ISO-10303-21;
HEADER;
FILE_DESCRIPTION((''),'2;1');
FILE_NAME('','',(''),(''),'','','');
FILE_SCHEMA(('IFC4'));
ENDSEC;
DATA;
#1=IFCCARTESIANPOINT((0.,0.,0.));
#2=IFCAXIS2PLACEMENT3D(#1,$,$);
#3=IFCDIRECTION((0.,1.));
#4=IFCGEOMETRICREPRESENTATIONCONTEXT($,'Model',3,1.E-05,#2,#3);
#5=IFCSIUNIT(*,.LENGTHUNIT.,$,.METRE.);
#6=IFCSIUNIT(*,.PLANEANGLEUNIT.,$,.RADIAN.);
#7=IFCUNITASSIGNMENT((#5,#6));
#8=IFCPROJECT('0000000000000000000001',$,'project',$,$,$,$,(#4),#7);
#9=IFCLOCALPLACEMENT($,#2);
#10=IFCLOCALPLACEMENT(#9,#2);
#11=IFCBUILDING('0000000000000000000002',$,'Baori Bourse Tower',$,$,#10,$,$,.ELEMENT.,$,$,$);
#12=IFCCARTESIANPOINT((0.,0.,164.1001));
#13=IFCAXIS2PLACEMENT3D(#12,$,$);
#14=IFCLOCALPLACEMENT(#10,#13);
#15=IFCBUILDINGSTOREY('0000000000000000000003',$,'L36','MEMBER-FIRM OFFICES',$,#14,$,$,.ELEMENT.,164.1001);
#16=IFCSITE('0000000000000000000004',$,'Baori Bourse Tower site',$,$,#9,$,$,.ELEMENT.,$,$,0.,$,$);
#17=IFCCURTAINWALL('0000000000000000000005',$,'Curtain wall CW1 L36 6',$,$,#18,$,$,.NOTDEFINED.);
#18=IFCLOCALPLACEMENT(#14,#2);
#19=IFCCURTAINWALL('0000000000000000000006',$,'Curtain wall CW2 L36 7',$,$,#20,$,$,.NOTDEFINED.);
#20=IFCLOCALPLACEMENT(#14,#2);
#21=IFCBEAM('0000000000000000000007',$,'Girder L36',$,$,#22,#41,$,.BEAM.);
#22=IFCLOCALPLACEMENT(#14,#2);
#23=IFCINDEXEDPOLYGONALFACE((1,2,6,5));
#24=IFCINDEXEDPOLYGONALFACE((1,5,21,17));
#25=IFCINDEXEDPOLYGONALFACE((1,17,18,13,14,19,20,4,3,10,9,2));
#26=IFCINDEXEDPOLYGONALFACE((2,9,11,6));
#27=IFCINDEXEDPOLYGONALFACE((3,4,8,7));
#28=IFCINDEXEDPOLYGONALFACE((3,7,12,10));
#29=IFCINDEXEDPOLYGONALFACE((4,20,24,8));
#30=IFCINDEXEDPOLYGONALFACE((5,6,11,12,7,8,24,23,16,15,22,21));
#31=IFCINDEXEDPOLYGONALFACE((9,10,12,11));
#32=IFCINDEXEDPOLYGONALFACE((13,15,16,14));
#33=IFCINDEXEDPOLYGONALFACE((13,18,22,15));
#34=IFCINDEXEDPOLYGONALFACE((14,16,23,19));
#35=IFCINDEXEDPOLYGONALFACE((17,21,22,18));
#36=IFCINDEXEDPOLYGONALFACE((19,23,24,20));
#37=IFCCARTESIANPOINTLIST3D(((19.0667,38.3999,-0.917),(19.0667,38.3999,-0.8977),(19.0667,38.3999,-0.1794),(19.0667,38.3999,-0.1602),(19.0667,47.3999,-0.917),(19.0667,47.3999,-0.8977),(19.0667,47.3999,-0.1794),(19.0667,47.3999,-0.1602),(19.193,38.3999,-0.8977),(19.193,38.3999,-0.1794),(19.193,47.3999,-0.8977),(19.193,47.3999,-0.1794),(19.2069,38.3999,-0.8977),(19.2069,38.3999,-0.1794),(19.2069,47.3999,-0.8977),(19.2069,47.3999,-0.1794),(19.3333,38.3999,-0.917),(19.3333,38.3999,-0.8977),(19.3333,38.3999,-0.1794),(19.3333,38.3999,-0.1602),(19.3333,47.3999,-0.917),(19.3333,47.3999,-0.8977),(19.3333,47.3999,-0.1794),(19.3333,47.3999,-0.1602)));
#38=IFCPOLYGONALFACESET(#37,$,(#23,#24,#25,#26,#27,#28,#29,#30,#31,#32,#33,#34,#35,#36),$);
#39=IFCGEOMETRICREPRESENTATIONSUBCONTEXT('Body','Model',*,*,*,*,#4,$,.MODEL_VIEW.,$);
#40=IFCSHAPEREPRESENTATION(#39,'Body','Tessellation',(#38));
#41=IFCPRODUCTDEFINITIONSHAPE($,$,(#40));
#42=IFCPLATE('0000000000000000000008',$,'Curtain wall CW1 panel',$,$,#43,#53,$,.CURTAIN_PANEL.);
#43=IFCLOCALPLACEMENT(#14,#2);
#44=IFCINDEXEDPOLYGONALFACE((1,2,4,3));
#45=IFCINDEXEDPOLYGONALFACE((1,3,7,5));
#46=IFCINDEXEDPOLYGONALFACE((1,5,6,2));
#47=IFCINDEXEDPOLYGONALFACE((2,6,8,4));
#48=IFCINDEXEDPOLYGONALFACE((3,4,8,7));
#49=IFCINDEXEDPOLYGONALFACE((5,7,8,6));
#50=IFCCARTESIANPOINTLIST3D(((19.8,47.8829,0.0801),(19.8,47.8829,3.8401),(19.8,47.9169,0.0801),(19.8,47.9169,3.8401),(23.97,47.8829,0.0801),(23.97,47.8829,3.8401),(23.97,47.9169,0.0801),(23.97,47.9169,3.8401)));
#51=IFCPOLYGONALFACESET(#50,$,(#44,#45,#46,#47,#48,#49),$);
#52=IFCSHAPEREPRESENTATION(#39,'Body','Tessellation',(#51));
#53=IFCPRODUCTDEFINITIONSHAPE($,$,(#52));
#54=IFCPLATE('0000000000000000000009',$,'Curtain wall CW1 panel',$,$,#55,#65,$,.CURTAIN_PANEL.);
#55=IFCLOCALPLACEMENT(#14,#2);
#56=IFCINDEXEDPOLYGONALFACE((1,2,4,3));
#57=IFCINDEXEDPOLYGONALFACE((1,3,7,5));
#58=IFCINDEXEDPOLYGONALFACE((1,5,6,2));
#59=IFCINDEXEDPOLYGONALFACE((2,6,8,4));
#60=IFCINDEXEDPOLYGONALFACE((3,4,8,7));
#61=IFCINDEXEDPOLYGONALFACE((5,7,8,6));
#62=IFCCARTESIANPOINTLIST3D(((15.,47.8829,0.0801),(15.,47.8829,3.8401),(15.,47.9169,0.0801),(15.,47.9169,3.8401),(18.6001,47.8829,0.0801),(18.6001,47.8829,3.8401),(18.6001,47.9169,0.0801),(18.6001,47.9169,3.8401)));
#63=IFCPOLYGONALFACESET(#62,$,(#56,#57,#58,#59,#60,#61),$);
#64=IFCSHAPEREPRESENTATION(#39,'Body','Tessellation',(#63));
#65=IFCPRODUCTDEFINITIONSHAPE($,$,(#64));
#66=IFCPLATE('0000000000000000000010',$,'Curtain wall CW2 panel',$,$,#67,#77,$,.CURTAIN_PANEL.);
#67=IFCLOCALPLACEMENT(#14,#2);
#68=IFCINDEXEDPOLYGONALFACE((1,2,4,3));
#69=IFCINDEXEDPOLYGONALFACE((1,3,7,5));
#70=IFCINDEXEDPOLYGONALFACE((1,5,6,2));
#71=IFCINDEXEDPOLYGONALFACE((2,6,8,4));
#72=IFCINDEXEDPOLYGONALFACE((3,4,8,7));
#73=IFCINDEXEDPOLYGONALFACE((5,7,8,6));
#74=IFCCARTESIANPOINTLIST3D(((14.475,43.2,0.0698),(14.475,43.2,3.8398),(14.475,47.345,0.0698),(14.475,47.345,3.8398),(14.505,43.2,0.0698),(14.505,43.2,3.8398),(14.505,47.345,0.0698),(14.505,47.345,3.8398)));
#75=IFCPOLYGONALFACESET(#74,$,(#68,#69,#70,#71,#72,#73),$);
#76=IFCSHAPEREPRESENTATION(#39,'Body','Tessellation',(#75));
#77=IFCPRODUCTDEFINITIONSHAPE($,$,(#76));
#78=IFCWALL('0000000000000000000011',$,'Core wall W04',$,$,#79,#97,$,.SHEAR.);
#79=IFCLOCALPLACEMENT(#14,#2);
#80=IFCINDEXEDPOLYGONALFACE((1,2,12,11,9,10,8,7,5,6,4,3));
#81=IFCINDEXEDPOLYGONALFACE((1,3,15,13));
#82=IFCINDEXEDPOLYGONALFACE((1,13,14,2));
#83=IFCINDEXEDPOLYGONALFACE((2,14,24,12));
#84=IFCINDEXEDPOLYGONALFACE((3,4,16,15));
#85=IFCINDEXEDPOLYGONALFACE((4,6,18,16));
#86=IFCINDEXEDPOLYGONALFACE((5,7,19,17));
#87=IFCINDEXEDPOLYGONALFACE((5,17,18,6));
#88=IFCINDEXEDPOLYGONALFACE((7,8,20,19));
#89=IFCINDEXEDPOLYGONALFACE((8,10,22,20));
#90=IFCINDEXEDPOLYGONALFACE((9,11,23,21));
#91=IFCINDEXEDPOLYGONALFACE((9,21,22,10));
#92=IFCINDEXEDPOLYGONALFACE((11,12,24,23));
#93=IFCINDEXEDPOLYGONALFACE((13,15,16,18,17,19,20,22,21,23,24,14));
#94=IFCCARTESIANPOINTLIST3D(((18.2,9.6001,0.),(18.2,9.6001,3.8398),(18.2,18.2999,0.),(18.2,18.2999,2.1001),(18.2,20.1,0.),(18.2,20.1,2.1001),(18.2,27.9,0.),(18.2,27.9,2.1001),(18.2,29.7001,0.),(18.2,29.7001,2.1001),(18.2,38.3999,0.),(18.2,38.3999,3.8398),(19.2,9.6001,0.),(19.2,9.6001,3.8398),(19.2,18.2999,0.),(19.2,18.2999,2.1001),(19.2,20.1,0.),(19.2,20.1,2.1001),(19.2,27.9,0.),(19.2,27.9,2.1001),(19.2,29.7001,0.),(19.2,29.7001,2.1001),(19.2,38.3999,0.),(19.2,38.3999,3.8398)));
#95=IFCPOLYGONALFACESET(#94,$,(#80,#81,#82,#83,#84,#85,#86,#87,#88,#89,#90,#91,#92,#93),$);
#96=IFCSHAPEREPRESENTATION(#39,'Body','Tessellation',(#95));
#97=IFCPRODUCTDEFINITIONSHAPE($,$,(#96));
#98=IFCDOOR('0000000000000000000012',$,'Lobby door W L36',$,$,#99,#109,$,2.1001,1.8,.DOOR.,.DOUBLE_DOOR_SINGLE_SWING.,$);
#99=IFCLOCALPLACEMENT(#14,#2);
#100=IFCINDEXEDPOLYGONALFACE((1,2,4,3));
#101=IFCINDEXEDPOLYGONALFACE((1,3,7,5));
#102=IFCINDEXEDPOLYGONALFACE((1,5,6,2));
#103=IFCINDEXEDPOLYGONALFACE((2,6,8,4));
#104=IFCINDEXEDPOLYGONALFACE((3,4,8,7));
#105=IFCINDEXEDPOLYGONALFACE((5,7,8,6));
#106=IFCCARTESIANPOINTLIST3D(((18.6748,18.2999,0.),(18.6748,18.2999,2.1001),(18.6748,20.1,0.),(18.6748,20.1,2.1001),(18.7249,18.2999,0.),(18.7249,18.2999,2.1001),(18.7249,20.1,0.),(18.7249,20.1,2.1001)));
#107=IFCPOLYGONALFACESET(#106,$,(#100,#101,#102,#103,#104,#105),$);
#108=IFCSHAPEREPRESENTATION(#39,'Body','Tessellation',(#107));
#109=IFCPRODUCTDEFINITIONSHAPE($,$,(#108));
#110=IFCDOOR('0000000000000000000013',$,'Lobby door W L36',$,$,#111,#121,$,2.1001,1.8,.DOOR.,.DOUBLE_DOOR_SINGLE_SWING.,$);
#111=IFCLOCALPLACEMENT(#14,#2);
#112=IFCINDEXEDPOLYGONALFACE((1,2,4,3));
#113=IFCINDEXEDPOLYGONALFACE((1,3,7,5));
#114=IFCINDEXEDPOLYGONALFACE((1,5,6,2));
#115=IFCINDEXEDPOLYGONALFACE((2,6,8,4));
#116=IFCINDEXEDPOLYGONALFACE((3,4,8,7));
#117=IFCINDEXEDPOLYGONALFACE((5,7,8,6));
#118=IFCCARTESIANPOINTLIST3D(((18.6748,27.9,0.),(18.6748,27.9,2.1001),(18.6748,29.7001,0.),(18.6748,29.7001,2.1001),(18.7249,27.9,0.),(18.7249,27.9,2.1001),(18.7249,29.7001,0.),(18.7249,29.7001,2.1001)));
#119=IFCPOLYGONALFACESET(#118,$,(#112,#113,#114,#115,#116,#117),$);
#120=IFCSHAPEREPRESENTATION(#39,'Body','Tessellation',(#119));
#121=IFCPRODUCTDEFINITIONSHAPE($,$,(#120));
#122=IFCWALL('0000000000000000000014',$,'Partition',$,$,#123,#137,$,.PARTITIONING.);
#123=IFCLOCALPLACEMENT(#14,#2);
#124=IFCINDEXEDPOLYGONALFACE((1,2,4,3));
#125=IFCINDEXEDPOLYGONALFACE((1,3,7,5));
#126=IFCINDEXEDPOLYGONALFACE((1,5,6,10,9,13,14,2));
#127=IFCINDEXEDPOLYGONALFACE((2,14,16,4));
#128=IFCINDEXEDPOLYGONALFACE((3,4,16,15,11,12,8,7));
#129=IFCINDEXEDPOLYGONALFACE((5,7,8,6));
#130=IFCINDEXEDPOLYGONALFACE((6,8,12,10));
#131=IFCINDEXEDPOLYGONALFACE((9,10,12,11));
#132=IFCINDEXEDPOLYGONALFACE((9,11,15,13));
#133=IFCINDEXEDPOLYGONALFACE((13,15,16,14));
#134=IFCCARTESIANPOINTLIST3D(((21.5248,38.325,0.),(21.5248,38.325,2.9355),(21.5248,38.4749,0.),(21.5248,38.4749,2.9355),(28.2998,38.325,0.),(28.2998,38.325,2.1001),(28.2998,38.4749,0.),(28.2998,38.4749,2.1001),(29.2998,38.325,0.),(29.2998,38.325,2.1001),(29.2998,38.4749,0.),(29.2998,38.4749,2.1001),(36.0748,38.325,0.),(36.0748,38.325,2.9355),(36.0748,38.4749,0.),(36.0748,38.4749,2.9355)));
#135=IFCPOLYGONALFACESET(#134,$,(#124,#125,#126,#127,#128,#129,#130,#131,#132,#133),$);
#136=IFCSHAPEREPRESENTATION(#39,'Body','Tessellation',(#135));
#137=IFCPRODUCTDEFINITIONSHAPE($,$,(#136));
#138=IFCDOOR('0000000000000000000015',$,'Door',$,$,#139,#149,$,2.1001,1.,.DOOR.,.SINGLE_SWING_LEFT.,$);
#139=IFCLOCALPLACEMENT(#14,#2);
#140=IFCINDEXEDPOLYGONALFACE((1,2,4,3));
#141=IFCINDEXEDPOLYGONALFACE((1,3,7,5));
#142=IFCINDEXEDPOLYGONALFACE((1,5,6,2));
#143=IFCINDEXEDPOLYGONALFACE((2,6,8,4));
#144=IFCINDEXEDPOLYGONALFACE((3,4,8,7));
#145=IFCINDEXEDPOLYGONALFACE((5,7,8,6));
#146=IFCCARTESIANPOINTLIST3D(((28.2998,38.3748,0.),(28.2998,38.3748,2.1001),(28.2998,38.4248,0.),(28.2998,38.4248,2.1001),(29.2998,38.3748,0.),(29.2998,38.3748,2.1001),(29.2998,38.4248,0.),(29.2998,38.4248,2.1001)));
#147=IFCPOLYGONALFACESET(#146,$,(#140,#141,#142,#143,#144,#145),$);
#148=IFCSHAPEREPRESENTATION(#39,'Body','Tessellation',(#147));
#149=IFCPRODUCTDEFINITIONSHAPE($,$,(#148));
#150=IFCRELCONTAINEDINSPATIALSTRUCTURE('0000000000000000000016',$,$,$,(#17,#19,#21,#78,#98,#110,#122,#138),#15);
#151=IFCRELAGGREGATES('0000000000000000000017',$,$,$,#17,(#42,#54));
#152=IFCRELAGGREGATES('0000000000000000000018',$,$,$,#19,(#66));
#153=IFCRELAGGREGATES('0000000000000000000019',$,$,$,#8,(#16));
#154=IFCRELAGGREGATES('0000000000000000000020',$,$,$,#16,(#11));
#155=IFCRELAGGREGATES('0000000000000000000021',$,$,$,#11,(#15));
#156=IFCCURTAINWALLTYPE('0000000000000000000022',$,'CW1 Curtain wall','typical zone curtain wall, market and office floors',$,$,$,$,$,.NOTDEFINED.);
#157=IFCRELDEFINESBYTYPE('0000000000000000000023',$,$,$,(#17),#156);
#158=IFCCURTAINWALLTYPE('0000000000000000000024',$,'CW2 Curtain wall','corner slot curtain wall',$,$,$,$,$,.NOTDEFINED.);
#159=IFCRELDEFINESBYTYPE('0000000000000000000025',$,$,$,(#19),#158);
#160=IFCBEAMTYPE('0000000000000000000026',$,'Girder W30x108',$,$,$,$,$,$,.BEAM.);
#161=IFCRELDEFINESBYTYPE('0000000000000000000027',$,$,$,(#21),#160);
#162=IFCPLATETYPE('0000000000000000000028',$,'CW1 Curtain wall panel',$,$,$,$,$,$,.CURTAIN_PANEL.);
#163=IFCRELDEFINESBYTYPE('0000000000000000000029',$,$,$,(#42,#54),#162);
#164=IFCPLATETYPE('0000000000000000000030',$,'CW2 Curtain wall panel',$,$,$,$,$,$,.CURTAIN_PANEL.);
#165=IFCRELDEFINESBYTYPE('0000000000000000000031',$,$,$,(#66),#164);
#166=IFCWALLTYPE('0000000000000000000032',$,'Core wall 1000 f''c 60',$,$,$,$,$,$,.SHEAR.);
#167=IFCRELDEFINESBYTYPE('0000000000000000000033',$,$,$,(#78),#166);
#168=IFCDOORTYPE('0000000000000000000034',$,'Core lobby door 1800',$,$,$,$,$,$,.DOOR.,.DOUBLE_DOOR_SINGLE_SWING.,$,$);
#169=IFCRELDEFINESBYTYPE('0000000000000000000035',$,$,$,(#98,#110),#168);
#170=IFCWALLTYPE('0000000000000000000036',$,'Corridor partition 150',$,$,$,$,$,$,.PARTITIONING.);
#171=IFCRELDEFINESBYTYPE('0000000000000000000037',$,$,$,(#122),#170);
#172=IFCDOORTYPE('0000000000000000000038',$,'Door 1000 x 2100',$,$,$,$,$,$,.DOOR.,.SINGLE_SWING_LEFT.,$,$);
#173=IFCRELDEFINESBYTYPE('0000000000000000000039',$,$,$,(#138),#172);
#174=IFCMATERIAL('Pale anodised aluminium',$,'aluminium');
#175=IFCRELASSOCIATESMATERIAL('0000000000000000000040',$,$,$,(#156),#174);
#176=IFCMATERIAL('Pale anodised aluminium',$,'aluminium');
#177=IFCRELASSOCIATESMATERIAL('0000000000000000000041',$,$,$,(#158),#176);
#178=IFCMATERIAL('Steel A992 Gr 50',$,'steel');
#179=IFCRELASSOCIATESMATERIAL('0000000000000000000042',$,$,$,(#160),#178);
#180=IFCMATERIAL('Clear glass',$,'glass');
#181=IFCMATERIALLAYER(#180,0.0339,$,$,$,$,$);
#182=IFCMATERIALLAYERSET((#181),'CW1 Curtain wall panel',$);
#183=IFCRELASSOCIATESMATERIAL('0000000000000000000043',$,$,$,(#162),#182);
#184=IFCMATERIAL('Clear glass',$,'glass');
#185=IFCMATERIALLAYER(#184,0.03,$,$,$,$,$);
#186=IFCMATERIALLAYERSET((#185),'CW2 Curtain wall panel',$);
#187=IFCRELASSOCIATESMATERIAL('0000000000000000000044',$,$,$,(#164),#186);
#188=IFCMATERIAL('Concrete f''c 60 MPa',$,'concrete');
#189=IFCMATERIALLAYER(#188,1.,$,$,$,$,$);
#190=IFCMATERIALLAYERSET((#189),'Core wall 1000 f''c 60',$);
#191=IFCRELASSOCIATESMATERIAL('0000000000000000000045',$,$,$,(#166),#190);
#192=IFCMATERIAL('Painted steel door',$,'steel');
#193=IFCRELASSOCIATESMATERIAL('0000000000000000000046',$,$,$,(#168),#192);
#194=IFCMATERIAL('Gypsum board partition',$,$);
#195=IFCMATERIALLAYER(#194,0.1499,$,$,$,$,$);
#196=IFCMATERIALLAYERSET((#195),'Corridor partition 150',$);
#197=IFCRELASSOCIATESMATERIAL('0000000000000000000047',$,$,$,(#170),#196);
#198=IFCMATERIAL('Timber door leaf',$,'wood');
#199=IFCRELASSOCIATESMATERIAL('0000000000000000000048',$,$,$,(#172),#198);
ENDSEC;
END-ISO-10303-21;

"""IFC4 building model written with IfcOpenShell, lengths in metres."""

from ifc_helpers import new_model, si_unit, direction, frame, frame_2d, origin, origin_2d, place, context, subcontext, project, spatial, rectangle, i_section, extrude, material, layer, layer_set, material_profile, profile_set, type_object, element, fill, aggregate, save


model = new_model("IFC4")

# Units and contexts
model_context = context("Model", 3, precision=1e-05, world=origin(), true_north=direction((0.0, 1.0)))
body_context = subcontext(model_context, "Body", "Model", "MODEL_VIEW")
ifc_project = project(units=[si_unit("LENGTHUNIT", "METRE"), si_unit("PLANEANGLEUNIT", "RADIAN")], contexts=[model_context])

# Site, building, storey
site_placement = place(None, origin())
site = spatial("IfcSite", under=ifc_project, at=site_placement, Name="Baori Bourse Tower site", CompositionType="ELEMENT", RefElevation=0.0)
building_placement = place(site_placement, origin())
building = spatial("IfcBuilding", under=site, at=building_placement, Name="Baori Bourse Tower", CompositionType="ELEMENT")
storey_placement = place(building_placement, frame((0.0, 0.0, 164.1001)))
storey = spatial("IfcBuildingStorey", under=building, at=storey_placement, Name="L36", Description="MEMBER-FIRM OFFICES", CompositionType="ELEMENT", Elevation=164.1001)

# Curtain wall
ifc_material_1 = material(Name="Pale anodised aluminium", Category="aluminium")
curtain_wall_type_1 = type_object("IfcCurtainWallType", Name="CW1 Curtain wall", Description="typical zone curtain wall, market and office floors", PredefinedType="NOTDEFINED", material=ifc_material_1)
curtain_wall_1_placement = place(storey_placement, origin())
curtain_wall_1 = element("IfcCurtainWall", 1, at=curtain_wall_1_placement, inside=storey, type_object=curtain_wall_type_1, Name="Curtain wall CW1 L36 6", PredefinedType="NOTDEFINED")

# Curtain wall
ifc_material_2 = material(Name="Pale anodised aluminium", Category="aluminium")
curtain_wall_type_2 = type_object("IfcCurtainWallType", Name="CW2 Curtain wall", Description="corner slot curtain wall", PredefinedType="NOTDEFINED", material=ifc_material_2)
curtain_wall_2_placement = place(storey_placement, origin())
curtain_wall_2 = element("IfcCurtainWall", 2, at=curtain_wall_2_placement, inside=storey, type_object=curtain_wall_type_2, Name="Curtain wall CW2 L36 7", PredefinedType="NOTDEFINED")

# Beam
ifc_material_3 = material(Name="Steel A992 Gr 50", Category="steel")
ifc_material_profile_1 = material_profile(ifc_material_3, i_section(OverallWidth=0.2666, OverallDepth=0.7568, WebThickness=0.0139, FlangeThickness=0.0193, at=origin_2d()), Name="W30x108")
ifc_profile_set_1 = profile_set([ifc_material_profile_1], Name="Steel A992 Gr 50")
beam_type_1 = type_object("IfcBeamType", Name="Girder W30x108", PredefinedType="BEAM", material=ifc_profile_set_1)
beam_1_placement = place(storey_placement, frame((19.2, 38.3999, -0.5386), z_axis=(0.0, 1.0, 0.0), x_axis=(-1.0, 0.0, 0.0)))
element("IfcBeam", 3, at=beam_1_placement, inside=storey, type_object=beam_type_1, Name="Girder L36", PredefinedType="BEAM", context=body_context, shape_type="SweptSolid", body=[
    extrude(i_section(OverallWidth=0.2666, OverallDepth=0.7568, WebThickness=0.0139, FlangeThickness=0.0193, at=origin_2d()), origin(), (0.0, 0.0, 1.0), 9.0),
])

# Plates
ifc_material_4 = material(Name="Clear glass", Category="glass")
ifc_layer_1 = layer(ifc_material_4, 0.0339)
ifc_layer_set_1 = layer_set([ifc_layer_1], Name="CW1 Curtain wall panel")
plate_type_1 = type_object("IfcPlateType", Name="CW1 Curtain wall panel", PredefinedType="CURTAIN_PANEL", material=ifc_layer_set_1)
plate_1_placement = place(storey_placement, frame((21.885, 47.8999, 0.0801), z_axis=(0.0, 0.0, 1.0), x_axis=(-1.0, 0.0, 0.0)))
plate_1 = element("IfcPlate", 4, at=plate_1_placement, type_object=plate_type_1, Name="Curtain wall CW1 panel", PredefinedType="CURTAIN_PANEL", context=body_context, shape_type="SweptSolid", body=[
    extrude(rectangle(XDim=4.1699, YDim=0.0339, at=origin_2d()), origin(), (0.0, 0.0, 1.0), 3.76),
])
plate_2_placement = place(storey_placement, frame((16.8, 47.8999, 0.0801), z_axis=(0.0, 0.0, 1.0), x_axis=(-1.0, 0.0, 0.0)))
plate_2 = element("IfcPlate", 5, at=plate_2_placement, type_object=plate_type_1, Name="Curtain wall CW1 panel", PredefinedType="CURTAIN_PANEL", context=body_context, shape_type="SweptSolid", body=[
    extrude(rectangle(XDim=3.6001, YDim=0.0339, at=origin_2d()), origin(), (0.0, 0.0, 1.0), 3.76),
])
aggregate(curtain_wall_1, [plate_1, plate_2])
ifc_material_5 = material(Name="Clear glass", Category="glass")
ifc_layer_2 = layer(ifc_material_5, 0.03)
ifc_layer_set_2 = layer_set([ifc_layer_2], Name="CW2 Curtain wall panel")
plate_type_2 = type_object("IfcPlateType", Name="CW2 Curtain wall panel", PredefinedType="CURTAIN_PANEL", material=ifc_layer_set_2)
plate_3_placement = place(storey_placement, frame((14.49, 45.2725, 0.0698), z_axis=(0.0, 0.0, 1.0), x_axis=(0.0, -1.0, 0.0)))
plate_3 = element("IfcPlate", 6, at=plate_3_placement, type_object=plate_type_2, Name="Curtain wall CW2 panel", PredefinedType="CURTAIN_PANEL", context=body_context, shape_type="SweptSolid", body=[
    extrude(rectangle(XDim=4.145, YDim=0.03, at=origin_2d()), origin(), (0.0, 0.0, 1.0), 3.77),
])
aggregate(curtain_wall_2, [plate_3])

# Wall, openings, doors
ifc_material_6 = material(Name="Concrete f'c 60 MPa", Category="concrete")
ifc_layer_3 = layer(ifc_material_6, 1.0)
ifc_layer_set_3 = layer_set([ifc_layer_3], Name="Core wall 1000 f'c 60")
wall_type_1 = type_object("IfcWallType", Name="Core wall 1000 f'c 60", PredefinedType="SHEAR", material=ifc_layer_set_3)
wall_1_placement = place(storey_placement, frame((18.7, 38.3999, 0.0), z_axis=(0.0, 0.0, 1.0), x_axis=(0.0, -1.0, 0.0)))
wall_1 = element("IfcWall", 7, at=wall_1_placement, inside=storey, type_object=wall_type_1, Name="Core wall W04", PredefinedType="SHEAR", context=body_context, shape_type="SweptSolid", body=[
    extrude(rectangle(XDim=28.7998, YDim=1.0, at=frame_2d((14.3999, 0.0))), origin(), (0.0, 0.0, 1.0), 3.8398),
])
opening_1_placement = place(wall_1_placement, frame((18.3, 0.0, 0.0)))
opening_1 = element("IfcOpeningElement", 8, at=opening_1_placement, cuts=wall_1, PredefinedType="OPENING", context=body_context, shape_type="SweptSolid", body=[
    extrude(rectangle(XDim=1.8, YDim=2.1001, at=frame_2d((0.8999, 1.05))), frame((0.0, 0.51, 0.0), z_axis=(0.0, -1.0, 0.0), x_axis=(1.0, 0.0, 0.0)), (0.0, 0.0, 1.0), 1.02),
])
opening_2_placement = place(wall_1_placement, frame((8.7, 0.0, 0.0)))
opening_2 = element("IfcOpeningElement", 9, at=opening_2_placement, cuts=wall_1, PredefinedType="OPENING", context=body_context, shape_type="SweptSolid", body=[
    extrude(rectangle(XDim=1.8, YDim=2.1001, at=frame_2d((0.8999, 1.05))), frame((0.0, 0.51, 0.0), z_axis=(0.0, -1.0, 0.0), x_axis=(1.0, 0.0, 0.0)), (0.0, 0.0, 1.0), 1.02),
])
ifc_material_7 = material(Name="Painted steel door", Category="steel")
door_type_1 = type_object("IfcDoorType", Name="Core lobby door 1800", OperationType="DOUBLE_DOOR_SINGLE_SWING", PredefinedType="DOOR", material=ifc_material_7)
door_1_placement = place(opening_1_placement, origin())
door_1 = element("IfcDoor", 10, at=door_1_placement, inside=storey, type_object=door_type_1, Name="Lobby door W L36", OperationType="DOUBLE_DOOR_SINGLE_SWING", OverallHeight=2.1001, OverallWidth=1.8, PredefinedType="DOOR", context=body_context, shape_type="SweptSolid", body=[
    extrude(rectangle(XDim=1.8, YDim=2.1001, at=frame_2d((0.8999, 1.05))), frame((0.0, 0.0249, 0.0), z_axis=(0.0, -1.0, 0.0), x_axis=(1.0, 0.0, 0.0)), (0.0, 0.0, 1.0), 0.05),
])
fill(opening_1, door_1)
door_2_placement = place(opening_2_placement, origin())
door_2 = element("IfcDoor", 11, at=door_2_placement, inside=storey, type_object=door_type_1, Name="Lobby door W L36", OperationType="DOUBLE_DOOR_SINGLE_SWING", OverallHeight=2.1001, OverallWidth=1.8, PredefinedType="DOOR", context=body_context, shape_type="SweptSolid", body=[
    extrude(rectangle(XDim=1.8, YDim=2.1001, at=frame_2d((0.8999, 1.05))), frame((0.0, 0.0249, 0.0), z_axis=(0.0, -1.0, 0.0), x_axis=(1.0, 0.0, 0.0)), (0.0, 0.0, 1.0), 0.05),
])
fill(opening_2, door_2)

# Wall, opening, door
ifc_material_8 = material(Name="Gypsum board partition")
ifc_layer_4 = layer(ifc_material_8, 0.1499)
ifc_layer_set_4 = layer_set([ifc_layer_4], Name="Corridor partition 150")
wall_type_2 = type_object("IfcWallType", Name="Corridor partition 150", PredefinedType="PARTITIONING", material=ifc_layer_set_4)
wall_2_placement = place(storey_placement, frame((21.5249, 38.3999, 0.0), z_axis=(0.0, 0.0, 1.0), x_axis=(1.0, 0.0, 0.0)))
wall_2 = element("IfcWall", 12, at=wall_2_placement, inside=storey, type_object=wall_type_2, Name="Partition", PredefinedType="PARTITIONING", context=body_context, shape_type="SweptSolid", body=[
    extrude(rectangle(XDim=14.55, YDim=0.1499, at=frame_2d((7.2749, 0.0))), origin(), (0.0, 0.0, 1.0), 2.9355),
])
opening_3_placement = place(wall_2_placement, frame((6.7749, 0.0, 0.0)))
opening_3 = element("IfcOpeningElement", 13, at=opening_3_placement, cuts=wall_2, PredefinedType="OPENING", context=body_context, shape_type="SweptSolid", body=[
    extrude(rectangle(XDim=1.0, YDim=2.1001, at=frame_2d((0.5, 1.05))), frame((0.0, 0.085, 0.0), z_axis=(0.0, -1.0, 0.0), x_axis=(1.0, 0.0, 0.0)), (0.0, 0.0, 1.0), 0.1699),
])
ifc_material_9 = material(Name="Timber door leaf", Category="wood")
door_type_2 = type_object("IfcDoorType", Name="Door 1000 x 2100", OperationType="SINGLE_SWING_LEFT", PredefinedType="DOOR", material=ifc_material_9)
door_3_placement = place(opening_3_placement, origin())
door_3 = element("IfcDoor", 14, at=door_3_placement, inside=storey, type_object=door_type_2, Name="Door", OperationType="SINGLE_SWING_LEFT", OverallHeight=2.1001, OverallWidth=1.0, PredefinedType="DOOR", context=body_context, shape_type="SweptSolid", body=[
    extrude(rectangle(XDim=1.0, YDim=2.1001, at=frame_2d((0.5, 1.05))), frame((0.0, 0.0249, 0.0), z_axis=(0.0, -1.0, 0.0), x_axis=(1.0, 0.0, 0.0)), (0.0, 0.0, 1.0), 0.05),
])
fill(opening_3, door_3)

save(model, "model.ifc")
